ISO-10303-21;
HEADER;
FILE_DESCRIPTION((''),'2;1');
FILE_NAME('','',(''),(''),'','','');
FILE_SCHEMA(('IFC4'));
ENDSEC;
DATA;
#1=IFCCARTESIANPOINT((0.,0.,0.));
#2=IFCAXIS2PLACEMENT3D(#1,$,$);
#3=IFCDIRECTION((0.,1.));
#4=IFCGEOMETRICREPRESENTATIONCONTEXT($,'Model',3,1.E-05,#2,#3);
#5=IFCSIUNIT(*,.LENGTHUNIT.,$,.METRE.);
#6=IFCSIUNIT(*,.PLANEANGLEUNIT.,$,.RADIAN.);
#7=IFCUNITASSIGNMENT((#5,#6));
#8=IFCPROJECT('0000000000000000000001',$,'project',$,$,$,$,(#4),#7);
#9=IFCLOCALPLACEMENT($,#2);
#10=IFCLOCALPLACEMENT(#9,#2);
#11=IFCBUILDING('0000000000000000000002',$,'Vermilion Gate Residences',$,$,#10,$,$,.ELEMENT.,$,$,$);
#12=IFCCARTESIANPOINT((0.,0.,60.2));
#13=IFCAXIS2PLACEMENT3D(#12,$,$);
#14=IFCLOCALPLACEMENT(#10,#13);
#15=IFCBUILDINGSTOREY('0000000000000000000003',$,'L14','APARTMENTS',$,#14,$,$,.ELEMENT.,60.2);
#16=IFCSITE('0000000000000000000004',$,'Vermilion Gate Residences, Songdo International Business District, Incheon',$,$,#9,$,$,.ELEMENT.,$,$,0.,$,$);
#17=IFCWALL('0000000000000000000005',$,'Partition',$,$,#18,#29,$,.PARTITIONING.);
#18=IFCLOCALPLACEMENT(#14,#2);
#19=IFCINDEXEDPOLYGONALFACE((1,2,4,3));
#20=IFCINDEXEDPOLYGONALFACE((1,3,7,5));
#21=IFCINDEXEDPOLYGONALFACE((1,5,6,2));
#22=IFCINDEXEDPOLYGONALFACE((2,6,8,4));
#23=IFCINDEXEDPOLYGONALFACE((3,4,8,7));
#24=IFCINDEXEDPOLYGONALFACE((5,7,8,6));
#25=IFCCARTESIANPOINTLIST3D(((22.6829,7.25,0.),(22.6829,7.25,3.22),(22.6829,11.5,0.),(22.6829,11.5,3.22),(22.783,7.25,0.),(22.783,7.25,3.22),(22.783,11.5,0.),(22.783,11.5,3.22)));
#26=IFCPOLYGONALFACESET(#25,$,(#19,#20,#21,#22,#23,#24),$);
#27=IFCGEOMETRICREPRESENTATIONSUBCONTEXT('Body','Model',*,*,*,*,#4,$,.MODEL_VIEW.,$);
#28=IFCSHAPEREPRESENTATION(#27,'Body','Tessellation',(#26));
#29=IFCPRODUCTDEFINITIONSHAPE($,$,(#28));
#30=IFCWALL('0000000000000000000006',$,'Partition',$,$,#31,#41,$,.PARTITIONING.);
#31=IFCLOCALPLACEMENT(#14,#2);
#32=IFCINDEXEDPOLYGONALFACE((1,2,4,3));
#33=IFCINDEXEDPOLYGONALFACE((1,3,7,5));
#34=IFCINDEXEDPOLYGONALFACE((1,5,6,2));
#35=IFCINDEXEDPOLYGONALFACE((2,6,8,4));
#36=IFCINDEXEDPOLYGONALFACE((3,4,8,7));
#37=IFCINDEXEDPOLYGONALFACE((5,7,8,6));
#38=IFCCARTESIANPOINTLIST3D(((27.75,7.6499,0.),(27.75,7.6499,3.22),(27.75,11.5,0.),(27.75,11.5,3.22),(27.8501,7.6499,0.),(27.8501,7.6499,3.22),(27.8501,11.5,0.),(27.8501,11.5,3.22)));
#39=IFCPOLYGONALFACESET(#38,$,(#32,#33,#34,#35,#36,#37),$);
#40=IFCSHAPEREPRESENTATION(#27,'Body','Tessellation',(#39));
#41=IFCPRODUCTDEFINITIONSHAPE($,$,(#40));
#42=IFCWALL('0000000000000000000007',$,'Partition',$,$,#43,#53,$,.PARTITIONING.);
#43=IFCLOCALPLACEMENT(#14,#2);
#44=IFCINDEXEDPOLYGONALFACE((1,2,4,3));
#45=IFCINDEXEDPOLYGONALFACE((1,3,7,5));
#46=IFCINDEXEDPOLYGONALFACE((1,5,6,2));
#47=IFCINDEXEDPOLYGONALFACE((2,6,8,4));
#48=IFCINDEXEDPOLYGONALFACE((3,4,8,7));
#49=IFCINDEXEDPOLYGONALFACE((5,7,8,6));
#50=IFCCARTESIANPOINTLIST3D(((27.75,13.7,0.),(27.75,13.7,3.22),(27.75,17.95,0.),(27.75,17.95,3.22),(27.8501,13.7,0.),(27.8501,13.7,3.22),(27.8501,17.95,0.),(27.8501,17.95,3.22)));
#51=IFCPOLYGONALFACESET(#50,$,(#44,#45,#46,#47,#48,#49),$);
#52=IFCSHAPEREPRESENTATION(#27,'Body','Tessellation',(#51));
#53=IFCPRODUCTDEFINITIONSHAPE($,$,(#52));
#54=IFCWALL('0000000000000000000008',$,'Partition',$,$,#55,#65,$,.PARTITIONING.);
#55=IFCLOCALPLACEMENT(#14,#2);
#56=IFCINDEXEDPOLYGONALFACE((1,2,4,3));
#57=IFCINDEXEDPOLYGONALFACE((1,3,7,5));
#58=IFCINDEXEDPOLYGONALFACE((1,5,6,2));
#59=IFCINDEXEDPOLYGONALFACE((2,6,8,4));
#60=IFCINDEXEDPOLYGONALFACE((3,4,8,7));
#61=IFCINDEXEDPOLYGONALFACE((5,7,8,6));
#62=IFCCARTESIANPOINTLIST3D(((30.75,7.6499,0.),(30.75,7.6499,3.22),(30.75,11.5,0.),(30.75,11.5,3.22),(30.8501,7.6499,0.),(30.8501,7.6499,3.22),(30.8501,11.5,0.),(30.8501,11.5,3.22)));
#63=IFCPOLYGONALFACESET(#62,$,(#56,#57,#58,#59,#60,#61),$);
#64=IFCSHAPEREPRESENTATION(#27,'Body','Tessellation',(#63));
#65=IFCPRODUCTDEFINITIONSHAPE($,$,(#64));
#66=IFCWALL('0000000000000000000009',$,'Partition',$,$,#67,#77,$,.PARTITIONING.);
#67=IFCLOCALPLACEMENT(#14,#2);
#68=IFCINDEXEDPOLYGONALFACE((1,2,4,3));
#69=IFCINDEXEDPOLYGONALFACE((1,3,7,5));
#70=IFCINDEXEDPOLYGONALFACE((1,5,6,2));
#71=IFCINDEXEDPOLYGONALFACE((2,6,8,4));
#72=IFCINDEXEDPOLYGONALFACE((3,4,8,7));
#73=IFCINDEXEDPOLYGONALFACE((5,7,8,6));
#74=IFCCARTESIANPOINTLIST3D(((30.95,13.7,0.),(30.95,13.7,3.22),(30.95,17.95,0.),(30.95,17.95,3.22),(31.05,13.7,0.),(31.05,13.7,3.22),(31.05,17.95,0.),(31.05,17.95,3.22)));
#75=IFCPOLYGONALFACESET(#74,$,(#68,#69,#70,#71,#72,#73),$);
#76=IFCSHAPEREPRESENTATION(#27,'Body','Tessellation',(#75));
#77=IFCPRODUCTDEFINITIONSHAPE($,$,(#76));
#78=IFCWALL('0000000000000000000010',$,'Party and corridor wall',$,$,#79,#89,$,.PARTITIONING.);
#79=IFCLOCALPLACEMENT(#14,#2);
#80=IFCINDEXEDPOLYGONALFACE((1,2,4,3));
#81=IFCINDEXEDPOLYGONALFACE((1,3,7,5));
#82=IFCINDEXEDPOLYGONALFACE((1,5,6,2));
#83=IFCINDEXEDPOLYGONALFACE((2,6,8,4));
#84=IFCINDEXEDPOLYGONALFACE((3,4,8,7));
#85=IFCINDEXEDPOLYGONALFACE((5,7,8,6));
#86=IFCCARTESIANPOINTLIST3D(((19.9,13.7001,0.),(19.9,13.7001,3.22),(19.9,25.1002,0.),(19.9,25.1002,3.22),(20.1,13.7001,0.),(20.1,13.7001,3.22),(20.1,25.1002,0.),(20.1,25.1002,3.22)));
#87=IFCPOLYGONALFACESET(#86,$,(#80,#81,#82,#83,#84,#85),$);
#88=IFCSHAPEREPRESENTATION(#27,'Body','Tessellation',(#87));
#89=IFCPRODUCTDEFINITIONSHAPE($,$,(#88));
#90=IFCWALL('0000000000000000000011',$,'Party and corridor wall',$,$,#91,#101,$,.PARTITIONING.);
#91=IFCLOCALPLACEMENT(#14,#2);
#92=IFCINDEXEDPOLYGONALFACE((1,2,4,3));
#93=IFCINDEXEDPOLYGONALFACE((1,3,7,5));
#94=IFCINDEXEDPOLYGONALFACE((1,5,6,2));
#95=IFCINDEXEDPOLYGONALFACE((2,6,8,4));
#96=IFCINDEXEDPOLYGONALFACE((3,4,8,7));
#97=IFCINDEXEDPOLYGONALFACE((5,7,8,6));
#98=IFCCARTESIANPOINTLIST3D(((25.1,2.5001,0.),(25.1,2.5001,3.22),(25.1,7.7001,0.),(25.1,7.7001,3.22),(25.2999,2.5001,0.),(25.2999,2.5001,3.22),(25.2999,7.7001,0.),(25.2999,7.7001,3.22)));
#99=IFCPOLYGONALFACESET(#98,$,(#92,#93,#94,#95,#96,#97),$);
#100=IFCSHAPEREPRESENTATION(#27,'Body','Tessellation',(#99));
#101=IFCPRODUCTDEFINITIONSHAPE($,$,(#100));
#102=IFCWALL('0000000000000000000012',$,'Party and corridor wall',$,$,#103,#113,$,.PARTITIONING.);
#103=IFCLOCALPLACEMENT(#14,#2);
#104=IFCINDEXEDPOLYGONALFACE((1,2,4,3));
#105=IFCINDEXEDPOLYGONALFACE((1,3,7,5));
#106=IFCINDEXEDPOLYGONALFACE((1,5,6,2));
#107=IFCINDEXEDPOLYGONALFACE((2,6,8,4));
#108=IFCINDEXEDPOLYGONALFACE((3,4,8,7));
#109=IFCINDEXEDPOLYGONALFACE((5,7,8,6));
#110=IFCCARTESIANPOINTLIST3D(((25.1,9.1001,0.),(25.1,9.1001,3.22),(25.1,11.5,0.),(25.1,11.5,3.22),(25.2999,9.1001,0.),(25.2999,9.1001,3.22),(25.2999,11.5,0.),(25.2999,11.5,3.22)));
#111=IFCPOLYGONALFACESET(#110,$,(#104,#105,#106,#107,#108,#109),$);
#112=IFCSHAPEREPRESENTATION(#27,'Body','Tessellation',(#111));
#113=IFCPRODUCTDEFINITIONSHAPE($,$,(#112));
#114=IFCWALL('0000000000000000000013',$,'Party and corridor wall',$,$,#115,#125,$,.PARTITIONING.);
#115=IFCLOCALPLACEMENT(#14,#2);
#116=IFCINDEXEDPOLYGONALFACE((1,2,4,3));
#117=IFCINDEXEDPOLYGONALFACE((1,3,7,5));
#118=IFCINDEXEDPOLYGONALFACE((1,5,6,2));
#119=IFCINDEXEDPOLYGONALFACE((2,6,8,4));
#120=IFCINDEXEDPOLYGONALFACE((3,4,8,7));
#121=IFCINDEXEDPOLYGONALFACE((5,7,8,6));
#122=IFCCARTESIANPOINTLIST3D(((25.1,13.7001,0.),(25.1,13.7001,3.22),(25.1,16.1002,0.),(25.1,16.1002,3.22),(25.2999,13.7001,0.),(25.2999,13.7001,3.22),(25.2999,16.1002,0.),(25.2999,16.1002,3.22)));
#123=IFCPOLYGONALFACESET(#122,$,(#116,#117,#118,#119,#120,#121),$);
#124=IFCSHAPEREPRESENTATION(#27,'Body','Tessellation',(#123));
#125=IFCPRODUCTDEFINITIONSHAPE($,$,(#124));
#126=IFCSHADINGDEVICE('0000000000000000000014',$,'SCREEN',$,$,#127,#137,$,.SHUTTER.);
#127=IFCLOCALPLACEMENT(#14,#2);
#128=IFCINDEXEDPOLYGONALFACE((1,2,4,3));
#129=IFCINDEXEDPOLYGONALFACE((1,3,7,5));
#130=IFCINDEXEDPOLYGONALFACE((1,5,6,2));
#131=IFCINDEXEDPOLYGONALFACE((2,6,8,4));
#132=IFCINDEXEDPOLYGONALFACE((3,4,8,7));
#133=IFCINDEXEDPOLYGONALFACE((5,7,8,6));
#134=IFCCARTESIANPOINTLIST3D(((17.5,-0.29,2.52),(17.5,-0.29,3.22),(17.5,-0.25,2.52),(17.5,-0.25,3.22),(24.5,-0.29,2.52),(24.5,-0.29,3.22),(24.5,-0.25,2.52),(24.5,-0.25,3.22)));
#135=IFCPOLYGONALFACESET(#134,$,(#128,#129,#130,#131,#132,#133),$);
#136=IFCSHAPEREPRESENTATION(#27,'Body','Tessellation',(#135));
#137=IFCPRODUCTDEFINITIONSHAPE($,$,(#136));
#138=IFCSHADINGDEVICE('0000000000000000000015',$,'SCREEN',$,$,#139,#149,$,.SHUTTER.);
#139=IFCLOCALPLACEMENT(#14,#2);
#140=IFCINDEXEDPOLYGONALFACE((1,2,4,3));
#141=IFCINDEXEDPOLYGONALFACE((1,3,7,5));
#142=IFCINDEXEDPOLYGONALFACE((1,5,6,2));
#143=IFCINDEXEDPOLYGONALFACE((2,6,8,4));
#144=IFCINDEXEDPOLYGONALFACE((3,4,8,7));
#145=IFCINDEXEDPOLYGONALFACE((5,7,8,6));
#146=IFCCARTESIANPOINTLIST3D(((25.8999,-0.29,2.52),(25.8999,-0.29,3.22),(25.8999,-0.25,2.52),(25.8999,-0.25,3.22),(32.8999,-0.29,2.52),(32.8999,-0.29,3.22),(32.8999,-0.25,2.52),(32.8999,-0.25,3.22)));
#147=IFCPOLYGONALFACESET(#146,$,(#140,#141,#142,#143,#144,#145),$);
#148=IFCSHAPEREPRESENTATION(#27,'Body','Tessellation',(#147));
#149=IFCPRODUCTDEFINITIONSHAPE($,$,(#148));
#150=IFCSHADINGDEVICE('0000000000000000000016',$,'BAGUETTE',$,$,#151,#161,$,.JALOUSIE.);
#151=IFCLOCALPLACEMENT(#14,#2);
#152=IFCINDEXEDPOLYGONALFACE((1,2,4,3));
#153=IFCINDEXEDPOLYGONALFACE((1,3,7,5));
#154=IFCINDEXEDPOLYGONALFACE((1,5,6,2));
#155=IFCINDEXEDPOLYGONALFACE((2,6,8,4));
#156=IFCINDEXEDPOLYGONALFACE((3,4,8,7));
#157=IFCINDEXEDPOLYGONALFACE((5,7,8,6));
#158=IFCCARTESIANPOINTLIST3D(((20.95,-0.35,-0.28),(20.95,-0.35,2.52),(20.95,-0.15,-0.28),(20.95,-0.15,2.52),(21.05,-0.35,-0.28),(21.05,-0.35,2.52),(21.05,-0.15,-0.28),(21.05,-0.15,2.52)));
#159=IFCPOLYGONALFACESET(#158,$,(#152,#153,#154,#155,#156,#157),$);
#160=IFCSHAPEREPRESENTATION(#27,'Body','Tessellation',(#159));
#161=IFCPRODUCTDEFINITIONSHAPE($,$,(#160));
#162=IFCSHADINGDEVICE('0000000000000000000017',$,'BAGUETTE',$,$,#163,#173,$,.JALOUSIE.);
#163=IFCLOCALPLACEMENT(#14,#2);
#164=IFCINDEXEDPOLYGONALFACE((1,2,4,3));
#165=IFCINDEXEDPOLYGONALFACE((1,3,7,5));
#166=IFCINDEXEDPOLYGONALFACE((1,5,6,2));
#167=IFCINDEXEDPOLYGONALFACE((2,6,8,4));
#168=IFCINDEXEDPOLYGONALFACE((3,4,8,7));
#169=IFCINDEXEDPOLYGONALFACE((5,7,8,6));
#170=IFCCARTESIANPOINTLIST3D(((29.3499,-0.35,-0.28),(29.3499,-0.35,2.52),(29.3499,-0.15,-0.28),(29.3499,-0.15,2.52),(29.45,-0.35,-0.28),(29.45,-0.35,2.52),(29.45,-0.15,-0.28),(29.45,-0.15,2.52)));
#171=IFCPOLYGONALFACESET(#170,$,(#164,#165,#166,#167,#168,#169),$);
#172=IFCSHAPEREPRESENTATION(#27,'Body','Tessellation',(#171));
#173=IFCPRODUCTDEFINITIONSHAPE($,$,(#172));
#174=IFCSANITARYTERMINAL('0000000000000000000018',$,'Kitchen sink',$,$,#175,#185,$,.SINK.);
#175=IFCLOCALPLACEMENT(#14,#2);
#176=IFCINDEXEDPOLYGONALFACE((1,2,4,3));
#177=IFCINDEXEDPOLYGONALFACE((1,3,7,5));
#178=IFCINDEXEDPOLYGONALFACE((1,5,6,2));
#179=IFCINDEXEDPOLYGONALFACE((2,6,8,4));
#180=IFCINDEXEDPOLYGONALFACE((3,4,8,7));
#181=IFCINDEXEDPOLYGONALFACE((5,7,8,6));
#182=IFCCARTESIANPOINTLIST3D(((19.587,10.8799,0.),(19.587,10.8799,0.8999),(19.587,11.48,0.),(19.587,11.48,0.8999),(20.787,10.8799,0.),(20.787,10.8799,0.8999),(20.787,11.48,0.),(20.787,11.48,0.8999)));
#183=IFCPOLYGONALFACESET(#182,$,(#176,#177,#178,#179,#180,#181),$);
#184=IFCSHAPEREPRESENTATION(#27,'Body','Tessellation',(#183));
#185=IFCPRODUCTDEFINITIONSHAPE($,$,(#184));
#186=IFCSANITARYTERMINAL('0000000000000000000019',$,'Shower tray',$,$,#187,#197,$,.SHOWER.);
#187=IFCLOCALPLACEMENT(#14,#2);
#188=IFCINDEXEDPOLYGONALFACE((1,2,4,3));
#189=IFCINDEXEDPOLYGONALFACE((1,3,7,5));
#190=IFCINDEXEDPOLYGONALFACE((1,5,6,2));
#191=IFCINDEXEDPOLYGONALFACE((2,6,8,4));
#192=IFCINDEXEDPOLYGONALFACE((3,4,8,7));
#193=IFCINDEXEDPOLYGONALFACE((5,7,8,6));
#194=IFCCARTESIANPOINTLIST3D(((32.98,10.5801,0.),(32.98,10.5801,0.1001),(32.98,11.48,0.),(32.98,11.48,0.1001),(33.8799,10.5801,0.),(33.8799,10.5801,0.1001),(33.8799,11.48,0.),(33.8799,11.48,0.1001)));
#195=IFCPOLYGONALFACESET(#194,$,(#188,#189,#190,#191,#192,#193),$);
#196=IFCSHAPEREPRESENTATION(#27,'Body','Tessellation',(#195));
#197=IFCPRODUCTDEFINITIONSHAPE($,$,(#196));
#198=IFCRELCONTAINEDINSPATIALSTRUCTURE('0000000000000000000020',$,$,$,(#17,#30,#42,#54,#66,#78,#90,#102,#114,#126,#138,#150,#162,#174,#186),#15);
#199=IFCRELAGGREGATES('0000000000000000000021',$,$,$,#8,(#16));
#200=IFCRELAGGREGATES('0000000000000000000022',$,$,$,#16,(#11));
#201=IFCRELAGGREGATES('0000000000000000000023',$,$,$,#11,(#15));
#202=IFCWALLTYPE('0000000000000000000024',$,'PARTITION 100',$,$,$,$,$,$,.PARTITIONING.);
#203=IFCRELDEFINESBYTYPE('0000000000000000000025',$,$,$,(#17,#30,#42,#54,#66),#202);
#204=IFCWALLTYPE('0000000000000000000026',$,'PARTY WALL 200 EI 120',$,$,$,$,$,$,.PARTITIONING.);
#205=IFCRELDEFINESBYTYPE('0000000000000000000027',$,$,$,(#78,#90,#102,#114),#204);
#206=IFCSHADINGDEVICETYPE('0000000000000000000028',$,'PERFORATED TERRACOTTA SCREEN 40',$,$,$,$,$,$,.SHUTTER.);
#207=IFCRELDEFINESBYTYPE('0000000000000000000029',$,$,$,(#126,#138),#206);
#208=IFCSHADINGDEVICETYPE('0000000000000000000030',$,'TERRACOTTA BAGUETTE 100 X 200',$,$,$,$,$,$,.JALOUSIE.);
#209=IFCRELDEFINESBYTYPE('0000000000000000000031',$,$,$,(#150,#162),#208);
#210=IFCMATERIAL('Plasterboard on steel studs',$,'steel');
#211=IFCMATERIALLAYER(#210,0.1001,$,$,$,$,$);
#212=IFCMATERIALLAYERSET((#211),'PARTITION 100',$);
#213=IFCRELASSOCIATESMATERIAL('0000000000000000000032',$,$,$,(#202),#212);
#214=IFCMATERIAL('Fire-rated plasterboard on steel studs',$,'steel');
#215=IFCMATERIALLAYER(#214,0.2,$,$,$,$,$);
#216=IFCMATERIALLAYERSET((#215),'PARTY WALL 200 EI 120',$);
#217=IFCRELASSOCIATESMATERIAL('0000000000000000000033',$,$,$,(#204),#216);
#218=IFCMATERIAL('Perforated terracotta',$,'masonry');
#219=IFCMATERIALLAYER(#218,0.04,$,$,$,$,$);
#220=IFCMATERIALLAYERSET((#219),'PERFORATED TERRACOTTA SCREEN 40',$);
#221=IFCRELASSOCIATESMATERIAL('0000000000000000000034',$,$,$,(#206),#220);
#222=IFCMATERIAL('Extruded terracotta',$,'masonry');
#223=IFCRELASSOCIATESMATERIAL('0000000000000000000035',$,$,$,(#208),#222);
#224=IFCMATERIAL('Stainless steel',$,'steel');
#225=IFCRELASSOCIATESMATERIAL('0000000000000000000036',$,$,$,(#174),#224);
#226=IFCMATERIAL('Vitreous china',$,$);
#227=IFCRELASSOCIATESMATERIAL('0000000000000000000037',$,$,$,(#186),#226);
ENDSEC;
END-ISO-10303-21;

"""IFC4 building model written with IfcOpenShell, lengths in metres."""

from ifc_helpers import new_model, si_unit, direction, frame, frame_2d, origin, origin_2d, place, context, subcontext, project, spatial, rectangle, extrude, material, layer, layer_set, material_profile, profile_set, type_object, element, save


model = new_model("IFC4")

# Units and contexts
model_context = context("Model", 3, precision=1e-05, world=origin(), true_north=direction((0.0, 1.0)))
body_context = subcontext(model_context, "Body", "Model", "MODEL_VIEW")
ifc_project = project(units=[si_unit("LENGTHUNIT", "METRE"), si_unit("PLANEANGLEUNIT", "RADIAN")], contexts=[model_context])

# Site, building, storey
site_placement = place(None, origin())
site = spatial("IfcSite", under=ifc_project, at=site_placement, Name="Vermilion Gate Residences, Songdo International Business District, Incheon", CompositionType="ELEMENT", RefElevation=0.0)
building_placement = place(site_placement, origin())
building = spatial("IfcBuilding", under=site, at=building_placement, Name="Vermilion Gate Residences", CompositionType="ELEMENT")
storey_placement = place(building_placement, frame((0.0, 0.0, 60.2)))
storey = spatial("IfcBuildingStorey", under=building, at=storey_placement, Name="L14", Description="APARTMENTS", CompositionType="ELEMENT", Elevation=60.2)

# Shared definitions
ifc_material_1 = material(Name="Plasterboard on steel studs", Category="steel")
ifc_layer_1 = layer(ifc_material_1, 0.1001)
ifc_layer_set_1 = layer_set([ifc_layer_1], Name="PARTITION 100")
wall_type_1 = type_object("IfcWallType", Name="PARTITION 100", PredefinedType="PARTITIONING", material=ifc_layer_set_1)

# Walls
wall_1_placement = place(storey_placement, frame((22.7329, 7.25, 0.0), z_axis=(0.0, 0.0, 1.0), x_axis=(0.0, 1.0, 0.0)))
element("IfcWall", 1, at=wall_1_placement, inside=storey, type_object=wall_type_1, Name="Partition", PredefinedType="PARTITIONING", context=body_context, shape_type="SweptSolid", body=[
    extrude(rectangle(XDim=4.25, YDim=0.1001, at=frame_2d((2.125, 0.0))), origin(), (0.0, 0.0, 1.0), 3.22),
])
wall_2_placement = place(storey_placement, frame((27.8, 7.6499, 0.0), z_axis=(0.0, 0.0, 1.0), x_axis=(0.0, 1.0, 0.0)))
element("IfcWall", 2, at=wall_2_placement, inside=storey, type_object=wall_type_1, Name="Partition", PredefinedType="PARTITIONING", context=body_context, shape_type="SweptSolid", body=[
    extrude(rectangle(XDim=3.8501, YDim=0.1001, at=frame_2d((1.925, 0.0))), origin(), (0.0, 0.0, 1.0), 3.22),
])
wall_3_placement = place(storey_placement, frame((27.8, 13.7, 0.0), z_axis=(0.0, 0.0, 1.0), x_axis=(0.0, 1.0, 0.0)))
element("IfcWall", 3, at=wall_3_placement, inside=storey, type_object=wall_type_1, Name="Partition", PredefinedType="PARTITIONING", context=body_context, shape_type="SweptSolid", body=[
    extrude(rectangle(XDim=4.25, YDim=0.1001, at=frame_2d((2.125, 0.0))), origin(), (0.0, 0.0, 1.0), 3.22),
])
wall_4_placement = place(storey_placement, frame((30.8, 7.6499, 0.0), z_axis=(0.0, 0.0, 1.0), x_axis=(0.0, 1.0, 0.0)))
element("IfcWall", 4, at=wall_4_placement, inside=storey, type_object=wall_type_1, Name="Partition", PredefinedType="PARTITIONING", context=body_context, shape_type="SweptSolid", body=[
    extrude(rectangle(XDim=3.8501, YDim=0.1001, at=frame_2d((1.925, 0.0))), origin(), (0.0, 0.0, 1.0), 3.22),
])
wall_5_placement = place(storey_placement, frame((31.0, 13.7, 0.0), z_axis=(0.0, 0.0, 1.0), x_axis=(0.0, 1.0, 0.0)))
element("IfcWall", 5, at=wall_5_placement, inside=storey, type_object=wall_type_1, Name="Partition", PredefinedType="PARTITIONING", context=body_context, shape_type="SweptSolid", body=[
    extrude(rectangle(XDim=4.25, YDim=0.1001, at=frame_2d((2.125, 0.0))), origin(), (0.0, 0.0, 1.0), 3.22),
])
ifc_material_2 = material(Name="Fire-rated plasterboard on steel studs", Category="steel")
ifc_layer_2 = layer(ifc_material_2, 0.2)
ifc_layer_set_2 = layer_set([ifc_layer_2], Name="PARTY WALL 200 EI 120")
wall_type_2 = type_object("IfcWallType", Name="PARTY WALL 200 EI 120", PredefinedType="PARTITIONING", material=ifc_layer_set_2)
wall_6_placement = place(storey_placement, frame((20.0, 13.7, 0.0), z_axis=(0.0, 0.0, 1.0), x_axis=(0.0, 1.0, 0.0)))
element("IfcWall", 6, at=wall_6_placement, inside=storey, type_object=wall_type_2, Name="Party and corridor wall", PredefinedType="PARTITIONING", context=body_context, shape_type="SweptSolid", body=[
    extrude(rectangle(XDim=11.4001, YDim=0.2, at=frame_2d((5.7002, 0.0))), origin(), (0.0, 0.0, 1.0), 3.22),
])
wall_7_placement = place(storey_placement, frame((25.2, 2.5, 0.0), z_axis=(0.0, 0.0, 1.0), x_axis=(0.0, 1.0, 0.0)))
element("IfcWall", 7, at=wall_7_placement, inside=storey, type_object=wall_type_2, Name="Party and corridor wall", PredefinedType="PARTITIONING", context=body_context, shape_type="SweptSolid", body=[
    extrude(rectangle(XDim=5.2, YDim=0.2, at=frame_2d((2.6001, 0.0))), origin(), (0.0, 0.0, 1.0), 3.22),
])
wall_8_placement = place(storey_placement, frame((25.2, 9.1001, 0.0), z_axis=(0.0, 0.0, 1.0), x_axis=(0.0, 1.0, 0.0)))
element("IfcWall", 8, at=wall_8_placement, inside=storey, type_object=wall_type_2, Name="Party and corridor wall", PredefinedType="PARTITIONING", context=body_context, shape_type="SweptSolid", body=[
    extrude(rectangle(XDim=2.3999, YDim=0.2, at=frame_2d((1.2, 0.0))), origin(), (0.0, 0.0, 1.0), 3.22),
])
wall_9_placement = place(storey_placement, frame((25.2, 13.7, 0.0), z_axis=(0.0, 0.0, 1.0), x_axis=(0.0, 1.0, 0.0)))
element("IfcWall", 9, at=wall_9_placement, inside=storey, type_object=wall_type_2, Name="Party and corridor wall", PredefinedType="PARTITIONING", context=body_context, shape_type="SweptSolid", body=[
    extrude(rectangle(XDim=2.4001, YDim=0.2, at=frame_2d((1.2002, 0.0))), origin(), (0.0, 0.0, 1.0), 3.22),
])

# Shading devices
ifc_material_3 = material(Name="Perforated terracotta", Category="masonry")
ifc_layer_3 = layer(ifc_material_3, 0.04)
ifc_layer_set_3 = layer_set([ifc_layer_3], Name="PERFORATED TERRACOTTA SCREEN 40")
shading_device_type_1 = type_object("IfcShadingDeviceType", Name="PERFORATED TERRACOTTA SCREEN 40", PredefinedType="SHUTTER", material=ifc_layer_set_3)
for number, where, z_axis, x_axis, name in (
    (10, (21.0, -0.27, 2.52), (0.0, 0.0, 1.0), (1.0, 0.0, 0.0), "SCREEN"),
    (11, (29.3999, -0.27, 2.52), (0.0, 0.0, 1.0), (1.0, 0.0, 0.0), "SCREEN"),
):
    element("IfcShadingDevice", number, at=place(storey_placement, frame(where, z_axis=z_axis, x_axis=x_axis)), inside=storey, type_object=shading_device_type_1, Name=name, PredefinedType="SHUTTER", context=body_context, shape_type="SweptSolid", body=[
        extrude(rectangle(XDim=7.0, YDim=0.04, at=origin_2d()), origin(), (0.0, 0.0, 1.0), 0.7),
    ])
ifc_material_4 = material(Name="Extruded terracotta", Category="masonry")
ifc_material_profile_1 = material_profile(ifc_material_4, rectangle(XDim=0.2, YDim=0.1001, at=origin_2d()), Name="BAGUETTE 100 X 200")
ifc_profile_set_1 = profile_set([ifc_material_profile_1], Name="Extruded terracotta")
shading_device_type_2 = type_object("IfcShadingDeviceType", Name="TERRACOTTA BAGUETTE 100 X 200", PredefinedType="JALOUSIE", material=ifc_profile_set_1)
for number, where, z_axis, x_axis, name in (
    (12, (21.0, -0.25, -0.28), (0.0, 0.0, 1.0), (0.0, 1.0, 0.0), "BAGUETTE"),
    (13, (29.3999, -0.25, -0.28), (0.0, 0.0, 1.0), (0.0, 1.0, 0.0), "BAGUETTE"),
):
    element("IfcShadingDevice", number, at=place(storey_placement, frame(where, z_axis=z_axis, x_axis=x_axis)), inside=storey, type_object=shading_device_type_2, Name=name, PredefinedType="JALOUSIE", context=body_context, shape_type="SweptSolid", body=[
        extrude(rectangle(XDim=0.2, YDim=0.1001, at=origin_2d()), origin(), (0.0, 0.0, 1.0), 2.8),
    ])

# Sanitary terminals
ifc_material_5 = material(Name="Stainless steel", Category="steel")
sanitary_terminal_1_placement = place(storey_placement, frame((20.187, 11.1799, 0.0), z_axis=(0.0, 0.0, 1.0), x_axis=(1.0, 0.0, 0.0)))
element("IfcSanitaryTerminal", 14, at=sanitary_terminal_1_placement, inside=storey, material=ifc_material_5, Name="Kitchen sink", PredefinedType="SINK", context=body_context, shape_type="SweptSolid", body=[
    extrude(rectangle(XDim=1.2, YDim=0.6001, at=origin_2d()), origin(), (0.0, 0.0, 1.0), 0.8999),
])
ifc_material_6 = material(Name="Vitreous china")
sanitary_terminal_2_placement = place(storey_placement, frame((33.4299, 11.03, 0.0), z_axis=(0.0, 0.0, 1.0), x_axis=(1.0, 0.0, 0.0)))
element("IfcSanitaryTerminal", 15, at=sanitary_terminal_2_placement, inside=storey, material=ifc_material_6, Name="Shower tray", PredefinedType="SHOWER", context=body_context, shape_type="SweptSolid", body=[
    extrude(rectangle(XDim=0.8999, YDim=0.8999, at=origin_2d()), origin(), (0.0, 0.0, 1.0), 0.1001),
])

save(model, "model.ifc")
